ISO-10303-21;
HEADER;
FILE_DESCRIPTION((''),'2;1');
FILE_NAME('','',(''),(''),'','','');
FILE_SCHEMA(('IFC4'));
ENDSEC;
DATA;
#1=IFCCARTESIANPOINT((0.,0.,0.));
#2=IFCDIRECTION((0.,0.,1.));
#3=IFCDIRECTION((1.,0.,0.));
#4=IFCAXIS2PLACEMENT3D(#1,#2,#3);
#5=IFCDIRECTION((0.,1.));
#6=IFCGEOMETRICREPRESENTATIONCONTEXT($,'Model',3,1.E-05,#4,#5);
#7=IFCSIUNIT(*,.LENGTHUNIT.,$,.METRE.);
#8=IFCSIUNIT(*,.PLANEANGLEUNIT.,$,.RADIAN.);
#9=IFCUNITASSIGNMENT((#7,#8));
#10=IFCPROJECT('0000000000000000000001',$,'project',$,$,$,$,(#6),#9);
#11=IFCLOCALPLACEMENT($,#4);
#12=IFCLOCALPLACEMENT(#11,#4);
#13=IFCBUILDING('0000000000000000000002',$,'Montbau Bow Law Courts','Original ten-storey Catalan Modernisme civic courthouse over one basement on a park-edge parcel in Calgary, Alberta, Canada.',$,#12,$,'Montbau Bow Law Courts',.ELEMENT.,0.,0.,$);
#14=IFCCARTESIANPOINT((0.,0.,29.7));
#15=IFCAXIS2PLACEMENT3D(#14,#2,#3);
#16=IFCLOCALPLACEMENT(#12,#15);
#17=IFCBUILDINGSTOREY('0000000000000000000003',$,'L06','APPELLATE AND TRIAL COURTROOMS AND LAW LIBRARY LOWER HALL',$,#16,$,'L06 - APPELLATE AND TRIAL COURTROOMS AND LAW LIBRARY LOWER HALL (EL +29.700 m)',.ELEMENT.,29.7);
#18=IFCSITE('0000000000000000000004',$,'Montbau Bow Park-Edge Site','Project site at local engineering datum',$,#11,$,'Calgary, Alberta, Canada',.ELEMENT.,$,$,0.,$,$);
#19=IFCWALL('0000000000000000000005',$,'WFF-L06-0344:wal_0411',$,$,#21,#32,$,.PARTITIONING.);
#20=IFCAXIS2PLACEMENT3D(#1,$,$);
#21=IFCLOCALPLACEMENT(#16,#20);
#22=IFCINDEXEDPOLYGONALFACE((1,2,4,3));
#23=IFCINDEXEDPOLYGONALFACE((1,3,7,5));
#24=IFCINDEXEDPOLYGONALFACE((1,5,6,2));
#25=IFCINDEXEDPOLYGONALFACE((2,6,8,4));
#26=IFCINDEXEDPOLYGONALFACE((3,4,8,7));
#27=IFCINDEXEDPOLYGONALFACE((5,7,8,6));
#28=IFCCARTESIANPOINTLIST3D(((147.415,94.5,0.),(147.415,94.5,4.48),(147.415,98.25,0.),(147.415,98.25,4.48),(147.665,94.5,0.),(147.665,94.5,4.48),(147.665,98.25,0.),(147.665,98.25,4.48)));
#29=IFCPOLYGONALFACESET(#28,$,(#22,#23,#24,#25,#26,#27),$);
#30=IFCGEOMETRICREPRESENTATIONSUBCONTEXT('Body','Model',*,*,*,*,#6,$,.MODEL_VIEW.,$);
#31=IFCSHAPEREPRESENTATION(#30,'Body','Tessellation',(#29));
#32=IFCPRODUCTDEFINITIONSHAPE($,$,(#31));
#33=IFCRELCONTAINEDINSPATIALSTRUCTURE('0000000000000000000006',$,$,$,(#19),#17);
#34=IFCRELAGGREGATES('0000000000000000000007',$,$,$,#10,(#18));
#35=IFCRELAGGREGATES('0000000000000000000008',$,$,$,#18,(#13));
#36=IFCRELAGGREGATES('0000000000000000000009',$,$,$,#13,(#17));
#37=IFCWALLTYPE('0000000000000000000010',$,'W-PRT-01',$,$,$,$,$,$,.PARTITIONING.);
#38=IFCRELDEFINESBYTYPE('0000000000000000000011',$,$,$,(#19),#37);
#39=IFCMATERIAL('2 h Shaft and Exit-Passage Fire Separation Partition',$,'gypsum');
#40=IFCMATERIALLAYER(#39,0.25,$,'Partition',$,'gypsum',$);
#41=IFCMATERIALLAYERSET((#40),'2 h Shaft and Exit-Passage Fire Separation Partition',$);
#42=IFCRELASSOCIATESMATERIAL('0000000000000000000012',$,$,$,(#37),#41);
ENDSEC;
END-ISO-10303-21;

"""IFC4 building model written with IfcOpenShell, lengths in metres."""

from ifc_helpers import new_model, si_unit, direction, frame, frame_2d, origin_with_axes, place, context, subcontext, project, spatial, rectangle, extrude, material, layer, layer_set, type_object, element, save


model = new_model("IFC4")

# Units and contexts
model_context = context("Model", 3, precision=1e-05, world=origin_with_axes(), true_north=direction((0.0, 1.0)))
body_context = subcontext(model_context, "Body", "Model", "MODEL_VIEW")
ifc_project = project(units=[si_unit("LENGTHUNIT", "METRE"), si_unit("PLANEANGLEUNIT", "RADIAN")], contexts=[model_context])

# Site, building, storey
site_placement = place(None, origin_with_axes())
site = spatial("IfcSite", under=ifc_project, at=site_placement, Name="Montbau Bow Park-Edge Site", Description="Project site at local engineering datum", LongName="Calgary, Alberta, Canada", CompositionType="ELEMENT", RefElevation=0.0)
building_placement = place(site_placement, origin_with_axes())
building = spatial("IfcBuilding", under=site, at=building_placement, Name="Montbau Bow Law Courts", Description="Original ten-storey Catalan Modernisme civic courthouse over one basement on a park-edge parcel in Calgary, Alberta, Canada.", LongName="Montbau Bow Law Courts", CompositionType="ELEMENT", ElevationOfRefHeight=0.0, ElevationOfTerrain=0.0)
storey_placement = place(building_placement, frame((0.0, 0.0, 29.7), z_axis=(0.0, 0.0, 1.0), x_axis=(1.0, 0.0, 0.0)))
storey = spatial("IfcBuildingStorey", under=building, at=storey_placement, Name="L06", Description="APPELLATE AND TRIAL COURTROOMS AND LAW LIBRARY LOWER HALL", LongName="L06 - APPELLATE AND TRIAL COURTROOMS AND LAW LIBRARY LOWER HALL (EL +29.700 m)", CompositionType="ELEMENT", Elevation=29.7)

# Wall
ifc_material_1 = material(Name="2 h Shaft and Exit-Passage Fire Separation Partition", Category="gypsum")
ifc_layer_1 = layer(ifc_material_1, 0.25, Name="Partition", Category="gypsum")
ifc_layer_set_1 = layer_set([ifc_layer_1], Name="2 h Shaft and Exit-Passage Fire Separation Partition")
wall_type_1 = type_object("IfcWallType", Name="W-PRT-01", PredefinedType="PARTITIONING", material=ifc_layer_set_1)
wall_1_placement = place(None, frame((147.54, 94.5, 29.7), z_axis=(0.0, 0.0, 1.0), x_axis=(0.0, 1.0, 0.0)))
element("IfcWall", 1, at=wall_1_placement, inside=storey, type_object=wall_type_1, Name="WFF-L06-0344:wal_0411", PredefinedType="PARTITIONING", context=body_context, shape_type="SweptSolid", body=[
    extrude(rectangle(XDim=3.75, YDim=0.25, at=frame_2d((1.875, 0.0), x_axis=(1.0, 0.0))), origin_with_axes(), (0.0, 0.0, 1.0), 4.48),
])

save(model, "model.ifc")
